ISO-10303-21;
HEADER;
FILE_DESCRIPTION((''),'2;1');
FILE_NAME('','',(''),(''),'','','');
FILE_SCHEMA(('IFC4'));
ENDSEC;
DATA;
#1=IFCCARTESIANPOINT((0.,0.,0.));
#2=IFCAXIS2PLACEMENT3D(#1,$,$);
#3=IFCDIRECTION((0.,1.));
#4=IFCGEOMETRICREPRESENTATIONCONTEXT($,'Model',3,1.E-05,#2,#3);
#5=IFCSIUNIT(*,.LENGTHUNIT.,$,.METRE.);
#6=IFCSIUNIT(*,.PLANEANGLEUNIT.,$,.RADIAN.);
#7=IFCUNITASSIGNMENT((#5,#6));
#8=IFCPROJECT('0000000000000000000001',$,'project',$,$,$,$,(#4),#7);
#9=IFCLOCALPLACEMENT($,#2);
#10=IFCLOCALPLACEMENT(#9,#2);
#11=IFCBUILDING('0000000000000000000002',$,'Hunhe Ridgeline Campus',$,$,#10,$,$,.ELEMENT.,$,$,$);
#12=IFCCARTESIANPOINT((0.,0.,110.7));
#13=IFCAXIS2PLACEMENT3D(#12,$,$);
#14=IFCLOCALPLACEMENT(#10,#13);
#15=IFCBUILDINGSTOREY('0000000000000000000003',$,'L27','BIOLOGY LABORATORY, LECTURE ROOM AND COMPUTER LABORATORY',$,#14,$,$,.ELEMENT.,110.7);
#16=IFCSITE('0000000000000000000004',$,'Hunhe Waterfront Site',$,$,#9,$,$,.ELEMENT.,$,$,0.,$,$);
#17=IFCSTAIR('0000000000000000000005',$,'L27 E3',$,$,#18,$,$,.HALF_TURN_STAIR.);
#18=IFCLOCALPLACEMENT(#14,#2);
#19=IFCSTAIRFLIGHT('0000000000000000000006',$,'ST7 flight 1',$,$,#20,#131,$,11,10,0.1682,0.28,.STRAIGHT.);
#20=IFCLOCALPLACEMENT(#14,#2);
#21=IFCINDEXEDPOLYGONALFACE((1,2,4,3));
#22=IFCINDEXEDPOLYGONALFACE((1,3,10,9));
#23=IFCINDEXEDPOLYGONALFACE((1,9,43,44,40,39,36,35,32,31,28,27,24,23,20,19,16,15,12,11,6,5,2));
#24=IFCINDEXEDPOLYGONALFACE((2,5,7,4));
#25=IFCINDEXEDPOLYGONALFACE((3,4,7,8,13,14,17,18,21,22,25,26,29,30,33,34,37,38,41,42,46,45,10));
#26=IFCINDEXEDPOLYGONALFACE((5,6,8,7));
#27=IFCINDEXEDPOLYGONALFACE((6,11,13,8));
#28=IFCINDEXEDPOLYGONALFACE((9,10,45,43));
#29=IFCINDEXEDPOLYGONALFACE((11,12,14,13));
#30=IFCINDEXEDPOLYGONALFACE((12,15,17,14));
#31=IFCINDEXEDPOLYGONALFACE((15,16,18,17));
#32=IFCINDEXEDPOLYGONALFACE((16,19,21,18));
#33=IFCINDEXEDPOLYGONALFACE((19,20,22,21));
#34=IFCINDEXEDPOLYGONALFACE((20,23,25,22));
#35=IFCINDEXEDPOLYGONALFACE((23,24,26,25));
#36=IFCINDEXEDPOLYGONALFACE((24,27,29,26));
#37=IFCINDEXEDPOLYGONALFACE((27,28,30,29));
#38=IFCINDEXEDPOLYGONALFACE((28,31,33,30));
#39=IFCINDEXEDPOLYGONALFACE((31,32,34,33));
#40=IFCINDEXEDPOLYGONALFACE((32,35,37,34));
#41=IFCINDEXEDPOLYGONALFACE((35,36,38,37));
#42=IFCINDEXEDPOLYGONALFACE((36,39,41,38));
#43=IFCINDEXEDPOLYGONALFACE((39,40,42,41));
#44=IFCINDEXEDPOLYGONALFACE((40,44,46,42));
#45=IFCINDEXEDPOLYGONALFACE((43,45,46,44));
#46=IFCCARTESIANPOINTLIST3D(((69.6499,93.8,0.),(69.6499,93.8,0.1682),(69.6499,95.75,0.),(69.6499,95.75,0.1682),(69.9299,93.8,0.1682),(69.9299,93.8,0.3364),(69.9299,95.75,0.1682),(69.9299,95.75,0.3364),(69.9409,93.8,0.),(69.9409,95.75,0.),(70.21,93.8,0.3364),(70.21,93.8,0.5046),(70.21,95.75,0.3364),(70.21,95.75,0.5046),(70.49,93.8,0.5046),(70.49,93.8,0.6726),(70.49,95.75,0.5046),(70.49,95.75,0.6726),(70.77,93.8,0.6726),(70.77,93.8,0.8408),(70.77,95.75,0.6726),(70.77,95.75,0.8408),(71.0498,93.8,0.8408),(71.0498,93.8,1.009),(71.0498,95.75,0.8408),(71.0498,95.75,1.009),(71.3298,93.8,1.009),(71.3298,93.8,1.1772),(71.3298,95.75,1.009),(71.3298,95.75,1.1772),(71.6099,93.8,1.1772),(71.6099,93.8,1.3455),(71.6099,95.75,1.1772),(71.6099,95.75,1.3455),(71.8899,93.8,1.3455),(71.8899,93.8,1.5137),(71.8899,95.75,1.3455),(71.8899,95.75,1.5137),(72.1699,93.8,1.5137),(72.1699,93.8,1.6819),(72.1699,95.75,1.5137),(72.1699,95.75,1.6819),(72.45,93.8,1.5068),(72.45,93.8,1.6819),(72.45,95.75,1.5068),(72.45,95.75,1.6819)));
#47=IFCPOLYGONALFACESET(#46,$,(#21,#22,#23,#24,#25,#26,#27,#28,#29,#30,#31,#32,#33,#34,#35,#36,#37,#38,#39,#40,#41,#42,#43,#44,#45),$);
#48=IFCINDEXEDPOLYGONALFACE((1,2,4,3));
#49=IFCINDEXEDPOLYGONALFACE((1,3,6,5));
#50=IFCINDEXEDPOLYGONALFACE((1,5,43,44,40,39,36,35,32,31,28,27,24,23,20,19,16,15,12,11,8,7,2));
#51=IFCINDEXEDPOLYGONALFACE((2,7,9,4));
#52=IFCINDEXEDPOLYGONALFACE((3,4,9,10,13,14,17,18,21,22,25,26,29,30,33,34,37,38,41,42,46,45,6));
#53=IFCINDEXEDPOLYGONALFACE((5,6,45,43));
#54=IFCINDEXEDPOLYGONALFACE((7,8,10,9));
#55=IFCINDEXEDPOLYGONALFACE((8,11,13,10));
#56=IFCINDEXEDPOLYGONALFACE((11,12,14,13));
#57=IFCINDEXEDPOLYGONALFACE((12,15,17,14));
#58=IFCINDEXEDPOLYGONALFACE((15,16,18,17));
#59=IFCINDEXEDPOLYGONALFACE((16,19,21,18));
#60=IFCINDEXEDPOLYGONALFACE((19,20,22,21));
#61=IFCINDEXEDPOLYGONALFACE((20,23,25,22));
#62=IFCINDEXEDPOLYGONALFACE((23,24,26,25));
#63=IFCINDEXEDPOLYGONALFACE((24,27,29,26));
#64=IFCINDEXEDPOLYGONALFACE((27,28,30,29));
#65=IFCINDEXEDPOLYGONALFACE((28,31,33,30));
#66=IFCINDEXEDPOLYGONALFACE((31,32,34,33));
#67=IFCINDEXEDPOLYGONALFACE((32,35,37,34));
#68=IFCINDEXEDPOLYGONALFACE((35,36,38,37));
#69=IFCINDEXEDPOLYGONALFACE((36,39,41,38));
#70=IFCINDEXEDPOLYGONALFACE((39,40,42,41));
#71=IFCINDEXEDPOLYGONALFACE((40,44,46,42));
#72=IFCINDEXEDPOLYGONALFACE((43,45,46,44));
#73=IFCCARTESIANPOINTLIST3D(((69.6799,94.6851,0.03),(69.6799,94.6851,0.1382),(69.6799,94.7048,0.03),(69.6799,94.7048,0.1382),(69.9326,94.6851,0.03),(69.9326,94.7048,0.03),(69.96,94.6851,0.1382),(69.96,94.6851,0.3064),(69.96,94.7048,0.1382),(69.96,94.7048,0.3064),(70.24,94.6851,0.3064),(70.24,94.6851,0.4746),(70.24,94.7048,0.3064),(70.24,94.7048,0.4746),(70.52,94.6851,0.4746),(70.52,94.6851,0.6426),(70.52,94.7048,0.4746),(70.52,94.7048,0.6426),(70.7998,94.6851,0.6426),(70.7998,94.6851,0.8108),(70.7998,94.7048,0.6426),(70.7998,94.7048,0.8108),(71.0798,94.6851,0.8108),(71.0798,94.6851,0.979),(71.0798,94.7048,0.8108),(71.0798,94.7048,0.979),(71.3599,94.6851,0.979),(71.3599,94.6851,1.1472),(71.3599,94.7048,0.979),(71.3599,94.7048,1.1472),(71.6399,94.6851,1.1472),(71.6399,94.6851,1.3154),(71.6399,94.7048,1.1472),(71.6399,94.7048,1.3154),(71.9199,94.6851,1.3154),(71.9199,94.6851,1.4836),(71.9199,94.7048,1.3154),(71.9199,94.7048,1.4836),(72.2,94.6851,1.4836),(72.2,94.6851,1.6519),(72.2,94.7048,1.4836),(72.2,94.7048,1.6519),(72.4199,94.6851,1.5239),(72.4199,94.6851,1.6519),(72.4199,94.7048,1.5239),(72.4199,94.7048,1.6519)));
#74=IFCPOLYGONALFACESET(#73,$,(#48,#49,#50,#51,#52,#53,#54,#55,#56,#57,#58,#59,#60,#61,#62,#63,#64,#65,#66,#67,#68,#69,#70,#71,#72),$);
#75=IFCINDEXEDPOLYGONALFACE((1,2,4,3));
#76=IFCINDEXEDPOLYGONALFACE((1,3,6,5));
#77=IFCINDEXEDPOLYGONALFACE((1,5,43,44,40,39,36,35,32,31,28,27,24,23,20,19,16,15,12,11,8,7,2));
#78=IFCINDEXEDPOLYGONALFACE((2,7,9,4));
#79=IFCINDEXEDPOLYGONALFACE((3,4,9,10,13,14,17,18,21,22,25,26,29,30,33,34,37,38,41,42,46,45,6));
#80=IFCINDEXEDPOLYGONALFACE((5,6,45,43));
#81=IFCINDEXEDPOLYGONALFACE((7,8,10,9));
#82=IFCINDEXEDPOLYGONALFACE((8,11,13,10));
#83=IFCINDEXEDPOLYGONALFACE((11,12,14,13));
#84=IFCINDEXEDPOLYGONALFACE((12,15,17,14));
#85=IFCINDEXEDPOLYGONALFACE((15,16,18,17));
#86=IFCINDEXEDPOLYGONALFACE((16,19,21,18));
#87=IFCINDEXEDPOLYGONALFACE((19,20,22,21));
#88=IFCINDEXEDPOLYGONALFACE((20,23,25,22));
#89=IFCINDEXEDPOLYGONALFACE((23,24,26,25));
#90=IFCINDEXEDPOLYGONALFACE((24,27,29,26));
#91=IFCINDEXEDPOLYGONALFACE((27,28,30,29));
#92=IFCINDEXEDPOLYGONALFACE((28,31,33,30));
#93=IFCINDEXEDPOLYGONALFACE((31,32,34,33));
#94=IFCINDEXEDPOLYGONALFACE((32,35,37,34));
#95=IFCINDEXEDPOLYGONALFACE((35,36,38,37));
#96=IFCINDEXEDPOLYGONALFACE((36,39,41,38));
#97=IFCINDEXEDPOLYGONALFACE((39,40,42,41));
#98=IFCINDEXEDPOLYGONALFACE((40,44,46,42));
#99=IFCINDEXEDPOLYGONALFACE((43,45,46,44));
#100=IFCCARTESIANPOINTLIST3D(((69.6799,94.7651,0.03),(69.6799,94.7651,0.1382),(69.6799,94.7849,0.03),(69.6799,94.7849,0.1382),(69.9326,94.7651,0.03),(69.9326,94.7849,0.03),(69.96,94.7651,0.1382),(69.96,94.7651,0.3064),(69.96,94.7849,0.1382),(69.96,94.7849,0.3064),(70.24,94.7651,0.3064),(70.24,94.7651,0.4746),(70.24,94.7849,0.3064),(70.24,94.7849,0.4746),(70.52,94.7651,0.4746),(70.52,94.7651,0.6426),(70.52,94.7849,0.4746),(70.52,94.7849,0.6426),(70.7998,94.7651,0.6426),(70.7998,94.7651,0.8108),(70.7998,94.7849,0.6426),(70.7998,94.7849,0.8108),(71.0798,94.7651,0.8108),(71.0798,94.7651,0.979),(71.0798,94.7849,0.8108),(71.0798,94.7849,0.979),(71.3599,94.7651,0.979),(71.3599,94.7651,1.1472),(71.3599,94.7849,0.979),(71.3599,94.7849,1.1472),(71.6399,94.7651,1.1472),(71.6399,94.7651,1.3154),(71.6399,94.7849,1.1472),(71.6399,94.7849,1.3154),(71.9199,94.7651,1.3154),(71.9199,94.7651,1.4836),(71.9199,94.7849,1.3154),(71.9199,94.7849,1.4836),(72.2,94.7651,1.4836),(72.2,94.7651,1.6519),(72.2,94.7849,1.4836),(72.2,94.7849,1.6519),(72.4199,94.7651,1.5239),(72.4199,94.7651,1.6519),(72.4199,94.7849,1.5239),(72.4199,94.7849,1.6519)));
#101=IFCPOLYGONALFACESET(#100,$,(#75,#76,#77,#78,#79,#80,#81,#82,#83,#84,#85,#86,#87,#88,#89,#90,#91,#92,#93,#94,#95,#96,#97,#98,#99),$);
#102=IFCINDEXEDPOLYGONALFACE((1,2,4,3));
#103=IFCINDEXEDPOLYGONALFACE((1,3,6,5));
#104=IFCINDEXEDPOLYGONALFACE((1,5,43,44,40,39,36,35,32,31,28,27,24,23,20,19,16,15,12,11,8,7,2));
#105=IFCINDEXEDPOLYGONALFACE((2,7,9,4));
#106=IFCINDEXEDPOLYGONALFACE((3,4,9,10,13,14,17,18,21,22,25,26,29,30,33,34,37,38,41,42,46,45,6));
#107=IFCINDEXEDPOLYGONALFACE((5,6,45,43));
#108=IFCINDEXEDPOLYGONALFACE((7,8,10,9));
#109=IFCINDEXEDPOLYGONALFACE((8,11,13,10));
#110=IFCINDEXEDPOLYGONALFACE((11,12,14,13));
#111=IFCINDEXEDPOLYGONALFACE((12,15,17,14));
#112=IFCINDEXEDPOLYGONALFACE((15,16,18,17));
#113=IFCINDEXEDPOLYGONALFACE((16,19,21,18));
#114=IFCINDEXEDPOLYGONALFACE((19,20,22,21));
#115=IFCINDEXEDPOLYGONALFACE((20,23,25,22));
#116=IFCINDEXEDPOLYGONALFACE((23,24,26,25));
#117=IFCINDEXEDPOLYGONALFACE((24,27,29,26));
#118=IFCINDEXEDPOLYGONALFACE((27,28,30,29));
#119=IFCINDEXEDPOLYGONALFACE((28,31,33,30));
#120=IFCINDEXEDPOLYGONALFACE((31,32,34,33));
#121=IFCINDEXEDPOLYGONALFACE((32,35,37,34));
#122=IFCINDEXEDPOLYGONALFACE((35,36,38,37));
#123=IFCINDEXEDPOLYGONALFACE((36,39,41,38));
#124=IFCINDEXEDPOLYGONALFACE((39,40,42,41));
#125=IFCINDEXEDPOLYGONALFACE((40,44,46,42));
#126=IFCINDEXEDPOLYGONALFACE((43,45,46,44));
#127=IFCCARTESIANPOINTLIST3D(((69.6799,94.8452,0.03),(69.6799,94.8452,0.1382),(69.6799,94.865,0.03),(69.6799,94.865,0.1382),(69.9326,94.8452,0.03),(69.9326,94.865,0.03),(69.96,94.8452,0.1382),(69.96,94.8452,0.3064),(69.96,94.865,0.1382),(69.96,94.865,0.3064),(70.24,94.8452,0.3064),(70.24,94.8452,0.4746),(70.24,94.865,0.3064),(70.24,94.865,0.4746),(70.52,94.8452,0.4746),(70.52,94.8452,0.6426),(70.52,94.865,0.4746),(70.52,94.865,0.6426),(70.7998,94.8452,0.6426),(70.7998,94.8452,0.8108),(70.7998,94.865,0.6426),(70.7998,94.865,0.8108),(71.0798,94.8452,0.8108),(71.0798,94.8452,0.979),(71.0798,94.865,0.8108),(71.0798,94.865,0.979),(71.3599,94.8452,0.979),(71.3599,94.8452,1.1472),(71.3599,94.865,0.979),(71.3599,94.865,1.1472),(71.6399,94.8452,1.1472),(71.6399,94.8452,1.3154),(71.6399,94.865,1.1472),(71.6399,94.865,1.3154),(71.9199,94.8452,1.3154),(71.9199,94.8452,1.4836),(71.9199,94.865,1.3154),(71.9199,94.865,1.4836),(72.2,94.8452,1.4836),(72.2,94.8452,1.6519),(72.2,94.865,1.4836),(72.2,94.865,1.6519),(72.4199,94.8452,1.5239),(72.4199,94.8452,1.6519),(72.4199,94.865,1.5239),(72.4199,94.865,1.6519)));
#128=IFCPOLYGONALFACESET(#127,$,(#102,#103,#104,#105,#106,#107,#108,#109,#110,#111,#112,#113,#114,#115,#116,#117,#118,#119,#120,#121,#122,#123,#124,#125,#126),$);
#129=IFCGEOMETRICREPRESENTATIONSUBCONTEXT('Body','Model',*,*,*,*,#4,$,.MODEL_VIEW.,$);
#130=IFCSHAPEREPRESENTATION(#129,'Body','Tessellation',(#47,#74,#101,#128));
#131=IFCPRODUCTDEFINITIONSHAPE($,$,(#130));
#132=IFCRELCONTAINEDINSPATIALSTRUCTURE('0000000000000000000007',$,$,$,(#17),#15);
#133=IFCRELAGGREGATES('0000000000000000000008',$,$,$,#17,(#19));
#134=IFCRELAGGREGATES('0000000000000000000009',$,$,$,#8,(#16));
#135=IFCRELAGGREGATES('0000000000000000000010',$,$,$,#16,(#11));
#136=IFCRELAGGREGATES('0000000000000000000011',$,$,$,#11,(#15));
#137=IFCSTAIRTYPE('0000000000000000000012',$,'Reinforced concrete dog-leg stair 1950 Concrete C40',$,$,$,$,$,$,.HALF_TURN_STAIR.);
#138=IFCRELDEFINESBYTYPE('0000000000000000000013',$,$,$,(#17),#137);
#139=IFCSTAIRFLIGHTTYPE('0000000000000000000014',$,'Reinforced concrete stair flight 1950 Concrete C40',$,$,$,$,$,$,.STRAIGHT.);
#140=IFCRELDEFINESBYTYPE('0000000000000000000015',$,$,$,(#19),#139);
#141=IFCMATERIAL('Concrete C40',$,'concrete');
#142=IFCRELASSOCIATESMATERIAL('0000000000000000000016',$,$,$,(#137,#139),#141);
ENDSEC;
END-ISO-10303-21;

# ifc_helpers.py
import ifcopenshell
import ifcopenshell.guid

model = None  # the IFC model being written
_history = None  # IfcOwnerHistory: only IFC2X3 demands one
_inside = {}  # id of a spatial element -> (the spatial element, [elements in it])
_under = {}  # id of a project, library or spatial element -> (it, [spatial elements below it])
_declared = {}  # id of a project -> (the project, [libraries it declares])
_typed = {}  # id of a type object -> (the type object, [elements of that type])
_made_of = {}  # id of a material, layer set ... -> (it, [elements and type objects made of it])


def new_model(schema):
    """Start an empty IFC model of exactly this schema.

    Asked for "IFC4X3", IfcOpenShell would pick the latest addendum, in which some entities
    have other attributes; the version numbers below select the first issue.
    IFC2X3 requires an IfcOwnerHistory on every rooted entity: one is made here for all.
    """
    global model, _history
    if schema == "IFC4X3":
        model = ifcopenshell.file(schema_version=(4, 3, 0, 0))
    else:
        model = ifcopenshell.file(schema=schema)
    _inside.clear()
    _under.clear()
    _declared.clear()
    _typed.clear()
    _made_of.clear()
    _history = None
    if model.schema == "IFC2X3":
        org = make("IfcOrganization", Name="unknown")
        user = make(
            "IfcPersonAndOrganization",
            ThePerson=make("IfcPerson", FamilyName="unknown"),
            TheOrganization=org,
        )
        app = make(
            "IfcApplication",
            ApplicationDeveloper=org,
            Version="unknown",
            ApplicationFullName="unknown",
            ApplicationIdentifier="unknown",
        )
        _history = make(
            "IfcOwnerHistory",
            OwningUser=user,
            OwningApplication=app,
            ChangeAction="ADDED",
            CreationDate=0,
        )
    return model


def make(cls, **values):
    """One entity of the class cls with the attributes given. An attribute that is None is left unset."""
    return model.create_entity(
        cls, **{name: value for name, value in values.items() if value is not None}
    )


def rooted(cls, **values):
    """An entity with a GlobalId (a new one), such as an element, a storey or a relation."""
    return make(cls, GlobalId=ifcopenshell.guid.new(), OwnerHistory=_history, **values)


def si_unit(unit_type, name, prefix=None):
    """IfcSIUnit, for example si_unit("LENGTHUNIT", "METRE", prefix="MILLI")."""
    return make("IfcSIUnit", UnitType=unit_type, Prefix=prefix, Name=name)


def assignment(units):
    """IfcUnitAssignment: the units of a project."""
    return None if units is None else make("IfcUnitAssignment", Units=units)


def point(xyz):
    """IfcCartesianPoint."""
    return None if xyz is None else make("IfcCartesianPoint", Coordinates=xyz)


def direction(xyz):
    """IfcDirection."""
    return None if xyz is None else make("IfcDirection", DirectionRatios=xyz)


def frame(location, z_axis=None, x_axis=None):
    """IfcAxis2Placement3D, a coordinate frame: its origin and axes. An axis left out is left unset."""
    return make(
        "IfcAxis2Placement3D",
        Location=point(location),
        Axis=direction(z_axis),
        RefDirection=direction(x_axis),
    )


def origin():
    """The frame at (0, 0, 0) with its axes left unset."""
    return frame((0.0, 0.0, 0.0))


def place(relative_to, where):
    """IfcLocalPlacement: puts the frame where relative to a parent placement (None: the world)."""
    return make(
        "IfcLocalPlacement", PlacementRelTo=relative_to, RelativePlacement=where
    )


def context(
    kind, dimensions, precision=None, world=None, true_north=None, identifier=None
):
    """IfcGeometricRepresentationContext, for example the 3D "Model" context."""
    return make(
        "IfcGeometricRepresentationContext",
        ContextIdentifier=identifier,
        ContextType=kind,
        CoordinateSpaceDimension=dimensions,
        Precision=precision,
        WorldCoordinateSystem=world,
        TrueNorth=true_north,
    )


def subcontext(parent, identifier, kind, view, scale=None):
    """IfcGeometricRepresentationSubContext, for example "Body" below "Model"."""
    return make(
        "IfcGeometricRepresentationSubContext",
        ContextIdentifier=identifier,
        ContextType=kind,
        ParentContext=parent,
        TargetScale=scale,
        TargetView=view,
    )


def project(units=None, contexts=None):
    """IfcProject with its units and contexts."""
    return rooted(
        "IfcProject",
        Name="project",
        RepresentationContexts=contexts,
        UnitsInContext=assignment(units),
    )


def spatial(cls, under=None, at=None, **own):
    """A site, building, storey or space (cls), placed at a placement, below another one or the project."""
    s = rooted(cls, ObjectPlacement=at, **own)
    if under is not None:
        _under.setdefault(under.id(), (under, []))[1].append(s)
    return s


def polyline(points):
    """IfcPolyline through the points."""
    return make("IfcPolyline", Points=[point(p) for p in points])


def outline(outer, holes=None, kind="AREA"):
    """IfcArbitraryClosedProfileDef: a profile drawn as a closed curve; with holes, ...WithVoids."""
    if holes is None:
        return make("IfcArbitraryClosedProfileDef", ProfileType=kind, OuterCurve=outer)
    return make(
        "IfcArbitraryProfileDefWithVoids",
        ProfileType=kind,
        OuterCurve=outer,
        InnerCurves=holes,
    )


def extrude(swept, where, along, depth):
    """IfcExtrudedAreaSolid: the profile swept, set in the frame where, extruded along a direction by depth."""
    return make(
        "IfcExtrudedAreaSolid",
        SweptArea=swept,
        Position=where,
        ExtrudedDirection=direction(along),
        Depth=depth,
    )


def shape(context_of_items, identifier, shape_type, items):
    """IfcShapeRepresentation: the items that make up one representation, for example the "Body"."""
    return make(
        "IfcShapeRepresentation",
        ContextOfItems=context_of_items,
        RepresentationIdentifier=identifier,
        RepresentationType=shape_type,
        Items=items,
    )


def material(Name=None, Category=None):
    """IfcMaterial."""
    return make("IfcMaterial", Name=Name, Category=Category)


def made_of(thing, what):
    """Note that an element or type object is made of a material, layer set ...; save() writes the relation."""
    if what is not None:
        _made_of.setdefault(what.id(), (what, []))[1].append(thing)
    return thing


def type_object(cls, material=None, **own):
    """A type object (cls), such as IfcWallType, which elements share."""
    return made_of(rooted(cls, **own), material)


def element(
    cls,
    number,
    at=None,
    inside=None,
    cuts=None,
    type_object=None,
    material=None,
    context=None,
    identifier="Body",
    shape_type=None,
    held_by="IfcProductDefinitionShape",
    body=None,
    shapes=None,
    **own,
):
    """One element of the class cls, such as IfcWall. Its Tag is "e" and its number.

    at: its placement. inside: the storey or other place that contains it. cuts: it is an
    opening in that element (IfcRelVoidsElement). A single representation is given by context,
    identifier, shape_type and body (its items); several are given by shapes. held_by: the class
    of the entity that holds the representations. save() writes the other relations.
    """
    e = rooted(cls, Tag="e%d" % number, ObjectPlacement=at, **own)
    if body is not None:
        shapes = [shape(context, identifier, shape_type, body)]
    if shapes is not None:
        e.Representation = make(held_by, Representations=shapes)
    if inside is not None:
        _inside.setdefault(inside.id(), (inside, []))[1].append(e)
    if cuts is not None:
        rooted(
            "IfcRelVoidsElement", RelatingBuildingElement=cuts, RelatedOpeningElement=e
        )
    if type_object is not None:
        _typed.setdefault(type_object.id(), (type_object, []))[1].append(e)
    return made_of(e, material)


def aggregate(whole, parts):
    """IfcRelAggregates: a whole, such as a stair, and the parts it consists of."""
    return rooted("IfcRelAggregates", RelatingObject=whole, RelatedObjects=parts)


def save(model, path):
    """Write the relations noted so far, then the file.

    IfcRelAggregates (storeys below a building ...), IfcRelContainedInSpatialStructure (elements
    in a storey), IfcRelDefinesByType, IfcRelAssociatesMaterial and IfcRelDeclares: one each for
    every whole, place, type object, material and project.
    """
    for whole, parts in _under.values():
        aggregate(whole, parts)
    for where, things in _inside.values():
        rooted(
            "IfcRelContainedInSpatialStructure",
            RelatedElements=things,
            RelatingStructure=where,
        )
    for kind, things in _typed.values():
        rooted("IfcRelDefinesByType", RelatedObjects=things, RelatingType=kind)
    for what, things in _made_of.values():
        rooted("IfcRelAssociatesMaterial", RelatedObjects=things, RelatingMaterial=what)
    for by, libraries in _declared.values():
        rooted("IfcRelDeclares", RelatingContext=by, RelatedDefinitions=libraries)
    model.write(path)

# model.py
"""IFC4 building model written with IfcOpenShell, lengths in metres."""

from ifc_helpers import new_model, si_unit, direction, frame, origin, place, context, subcontext, project, spatial, polyline, outline, extrude, material, type_object, element, aggregate, save


model = new_model("IFC4")

# Units and contexts
model_context = context("Model", 3, precision=1e-05, world=origin(), true_north=direction((0.0, 1.0)))
body_context = subcontext(model_context, "Body", "Model", "MODEL_VIEW")
ifc_project = project(units=[si_unit("LENGTHUNIT", "METRE"), si_unit("PLANEANGLEUNIT", "RADIAN")], contexts=[model_context])

# Site, building, storey
site_placement = place(None, origin())
site = spatial("IfcSite", under=ifc_project, at=site_placement, Name="Hunhe Waterfront Site", CompositionType="ELEMENT", RefElevation=0.0)
building_placement = place(site_placement, origin())
building = spatial("IfcBuilding", under=site, at=building_placement, Name="Hunhe Ridgeline Campus", CompositionType="ELEMENT")
storey_placement = place(building_placement, frame((0.0, 0.0, 110.7)))
storey = spatial("IfcBuildingStorey", under=building, at=storey_placement, Name="L27", Description="BIOLOGY LABORATORY, LECTURE ROOM AND COMPUTER LABORATORY", CompositionType="ELEMENT", Elevation=110.7)

# Shared definitions
ifc_material_1 = material(Name="Concrete C40", Category="concrete")
stair_type = type_object("IfcStairType", Name="Reinforced concrete dog-leg stair 1950 Concrete C40", PredefinedType="HALF_TURN_STAIR", material=ifc_material_1)
stair_flight_type = type_object("IfcStairFlightType", Name="Reinforced concrete stair flight 1950 Concrete C40", PredefinedType="STRAIGHT", material=ifc_material_1)

# Stair, stair flight
stair_1_placement = place(storey_placement, origin())
stair_1 = element("IfcStair", 1, at=stair_1_placement, inside=storey, type_object=stair_type, Name="L27 E3", PredefinedType="HALF_TURN_STAIR")
stair_flight_1_placement = place(storey_placement, frame((69.6499, 94.7749, 0.0), z_axis=(0.0, 0.0, 1.0), x_axis=(1.0, 0.0, 0.0)))
stair_flight_1 = element("IfcStairFlight", 2, at=stair_flight_1_placement, type_object=stair_flight_type, Name="ST7 flight 1", NumberOfRisers=11, NumberOfTreads=10, PredefinedType="STRAIGHT", RiserHeight=0.1682, TreadLength=0.28, context=body_context, shape_type="SweptSolid", body=[
    extrude(outline(polyline([(0.0, 0.0), (0.0, 0.1682), (0.28, 0.1682), (0.28, 0.3364), (0.5601, 0.3364), (0.5601, 0.5046), (0.8401, 0.5046), (0.8401, 0.6726), (1.1201, 0.6726), (1.1201, 0.8408), (1.3999, 0.8408), (1.3999, 1.009), (1.6799, 1.009), (1.6799, 1.1772), (1.96, 1.1772), (1.96, 1.3455), (2.24, 1.3455), (2.24, 1.5137), (2.52, 1.5137), (2.52, 1.6819), (2.8, 1.6819), (2.8, 1.8501), (2.8, 1.5068), (0.291, 0.0), (0.0, 0.0)])), frame((0.0, 0.9751, 0.0), z_axis=(0.0, -1.0, 0.0), x_axis=(1.0, 0.0, 0.0)), (0.0, 0.0, 1.0), 1.95),
    extrude(outline(polyline([(0.03, 0.03), (0.03, 0.1382), (0.3101, 0.1382), (0.3101, 0.3064), (0.5901, 0.3064), (0.5901, 0.4746), (0.8701, 0.4746), (0.8701, 0.6426), (1.1499, 0.6426), (1.1499, 0.8108), (1.4299, 0.8108), (1.4299, 0.979), (1.71, 0.979), (1.71, 1.1472), (1.99, 1.1472), (1.99, 1.3154), (2.27, 1.3154), (2.27, 1.4836), (2.55, 1.4836), (2.55, 1.6519), (2.77, 1.6519), (2.77, 1.5239), (0.2827, 0.03), (0.03, 0.03)])), frame((0.0, -0.0701, 0.0), z_axis=(0.0, -1.0, 0.0), x_axis=(1.0, 0.0, 0.0)), (0.0, 0.0, 1.0), 0.0198),
    extrude(outline(polyline([(0.03, 0.03), (0.03, 0.1382), (0.3101, 0.1382), (0.3101, 0.3064), (0.5901, 0.3064), (0.5901, 0.4746), (0.8701, 0.4746), (0.8701, 0.6426), (1.1499, 0.6426), (1.1499, 0.8108), (1.4299, 0.8108), (1.4299, 0.979), (1.71, 0.979), (1.71, 1.1472), (1.99, 1.1472), (1.99, 1.3154), (2.27, 1.3154), (2.27, 1.4836), (2.55, 1.4836), (2.55, 1.6519), (2.77, 1.6519), (2.77, 1.5239), (0.2827, 0.03), (0.03, 0.03)])), frame((0.0, 0.01, 0.0), z_axis=(0.0, -1.0, 0.0), x_axis=(1.0, 0.0, 0.0)), (0.0, 0.0, 1.0), 0.0198),
    extrude(outline(polyline([(0.03, 0.03), (0.03, 0.1382), (0.3101, 0.1382), (0.3101, 0.3064), (0.5901, 0.3064), (0.5901, 0.4746), (0.8701, 0.4746), (0.8701, 0.6426), (1.1499, 0.6426), (1.1499, 0.8108), (1.4299, 0.8108), (1.4299, 0.979), (1.71, 0.979), (1.71, 1.1472), (1.99, 1.1472), (1.99, 1.3154), (2.27, 1.3154), (2.27, 1.4836), (2.55, 1.4836), (2.55, 1.6519), (2.77, 1.6519), (2.77, 1.5239), (0.2827, 0.03), (0.03, 0.03)])), frame((0.0, 0.0901, 0.0), z_axis=(0.0, -1.0, 0.0), x_axis=(1.0, 0.0, 0.0)), (0.0, 0.0, 1.0), 0.0198),
])
aggregate(stair_1, [stair_flight_1])

save(model, "model.ifc")
